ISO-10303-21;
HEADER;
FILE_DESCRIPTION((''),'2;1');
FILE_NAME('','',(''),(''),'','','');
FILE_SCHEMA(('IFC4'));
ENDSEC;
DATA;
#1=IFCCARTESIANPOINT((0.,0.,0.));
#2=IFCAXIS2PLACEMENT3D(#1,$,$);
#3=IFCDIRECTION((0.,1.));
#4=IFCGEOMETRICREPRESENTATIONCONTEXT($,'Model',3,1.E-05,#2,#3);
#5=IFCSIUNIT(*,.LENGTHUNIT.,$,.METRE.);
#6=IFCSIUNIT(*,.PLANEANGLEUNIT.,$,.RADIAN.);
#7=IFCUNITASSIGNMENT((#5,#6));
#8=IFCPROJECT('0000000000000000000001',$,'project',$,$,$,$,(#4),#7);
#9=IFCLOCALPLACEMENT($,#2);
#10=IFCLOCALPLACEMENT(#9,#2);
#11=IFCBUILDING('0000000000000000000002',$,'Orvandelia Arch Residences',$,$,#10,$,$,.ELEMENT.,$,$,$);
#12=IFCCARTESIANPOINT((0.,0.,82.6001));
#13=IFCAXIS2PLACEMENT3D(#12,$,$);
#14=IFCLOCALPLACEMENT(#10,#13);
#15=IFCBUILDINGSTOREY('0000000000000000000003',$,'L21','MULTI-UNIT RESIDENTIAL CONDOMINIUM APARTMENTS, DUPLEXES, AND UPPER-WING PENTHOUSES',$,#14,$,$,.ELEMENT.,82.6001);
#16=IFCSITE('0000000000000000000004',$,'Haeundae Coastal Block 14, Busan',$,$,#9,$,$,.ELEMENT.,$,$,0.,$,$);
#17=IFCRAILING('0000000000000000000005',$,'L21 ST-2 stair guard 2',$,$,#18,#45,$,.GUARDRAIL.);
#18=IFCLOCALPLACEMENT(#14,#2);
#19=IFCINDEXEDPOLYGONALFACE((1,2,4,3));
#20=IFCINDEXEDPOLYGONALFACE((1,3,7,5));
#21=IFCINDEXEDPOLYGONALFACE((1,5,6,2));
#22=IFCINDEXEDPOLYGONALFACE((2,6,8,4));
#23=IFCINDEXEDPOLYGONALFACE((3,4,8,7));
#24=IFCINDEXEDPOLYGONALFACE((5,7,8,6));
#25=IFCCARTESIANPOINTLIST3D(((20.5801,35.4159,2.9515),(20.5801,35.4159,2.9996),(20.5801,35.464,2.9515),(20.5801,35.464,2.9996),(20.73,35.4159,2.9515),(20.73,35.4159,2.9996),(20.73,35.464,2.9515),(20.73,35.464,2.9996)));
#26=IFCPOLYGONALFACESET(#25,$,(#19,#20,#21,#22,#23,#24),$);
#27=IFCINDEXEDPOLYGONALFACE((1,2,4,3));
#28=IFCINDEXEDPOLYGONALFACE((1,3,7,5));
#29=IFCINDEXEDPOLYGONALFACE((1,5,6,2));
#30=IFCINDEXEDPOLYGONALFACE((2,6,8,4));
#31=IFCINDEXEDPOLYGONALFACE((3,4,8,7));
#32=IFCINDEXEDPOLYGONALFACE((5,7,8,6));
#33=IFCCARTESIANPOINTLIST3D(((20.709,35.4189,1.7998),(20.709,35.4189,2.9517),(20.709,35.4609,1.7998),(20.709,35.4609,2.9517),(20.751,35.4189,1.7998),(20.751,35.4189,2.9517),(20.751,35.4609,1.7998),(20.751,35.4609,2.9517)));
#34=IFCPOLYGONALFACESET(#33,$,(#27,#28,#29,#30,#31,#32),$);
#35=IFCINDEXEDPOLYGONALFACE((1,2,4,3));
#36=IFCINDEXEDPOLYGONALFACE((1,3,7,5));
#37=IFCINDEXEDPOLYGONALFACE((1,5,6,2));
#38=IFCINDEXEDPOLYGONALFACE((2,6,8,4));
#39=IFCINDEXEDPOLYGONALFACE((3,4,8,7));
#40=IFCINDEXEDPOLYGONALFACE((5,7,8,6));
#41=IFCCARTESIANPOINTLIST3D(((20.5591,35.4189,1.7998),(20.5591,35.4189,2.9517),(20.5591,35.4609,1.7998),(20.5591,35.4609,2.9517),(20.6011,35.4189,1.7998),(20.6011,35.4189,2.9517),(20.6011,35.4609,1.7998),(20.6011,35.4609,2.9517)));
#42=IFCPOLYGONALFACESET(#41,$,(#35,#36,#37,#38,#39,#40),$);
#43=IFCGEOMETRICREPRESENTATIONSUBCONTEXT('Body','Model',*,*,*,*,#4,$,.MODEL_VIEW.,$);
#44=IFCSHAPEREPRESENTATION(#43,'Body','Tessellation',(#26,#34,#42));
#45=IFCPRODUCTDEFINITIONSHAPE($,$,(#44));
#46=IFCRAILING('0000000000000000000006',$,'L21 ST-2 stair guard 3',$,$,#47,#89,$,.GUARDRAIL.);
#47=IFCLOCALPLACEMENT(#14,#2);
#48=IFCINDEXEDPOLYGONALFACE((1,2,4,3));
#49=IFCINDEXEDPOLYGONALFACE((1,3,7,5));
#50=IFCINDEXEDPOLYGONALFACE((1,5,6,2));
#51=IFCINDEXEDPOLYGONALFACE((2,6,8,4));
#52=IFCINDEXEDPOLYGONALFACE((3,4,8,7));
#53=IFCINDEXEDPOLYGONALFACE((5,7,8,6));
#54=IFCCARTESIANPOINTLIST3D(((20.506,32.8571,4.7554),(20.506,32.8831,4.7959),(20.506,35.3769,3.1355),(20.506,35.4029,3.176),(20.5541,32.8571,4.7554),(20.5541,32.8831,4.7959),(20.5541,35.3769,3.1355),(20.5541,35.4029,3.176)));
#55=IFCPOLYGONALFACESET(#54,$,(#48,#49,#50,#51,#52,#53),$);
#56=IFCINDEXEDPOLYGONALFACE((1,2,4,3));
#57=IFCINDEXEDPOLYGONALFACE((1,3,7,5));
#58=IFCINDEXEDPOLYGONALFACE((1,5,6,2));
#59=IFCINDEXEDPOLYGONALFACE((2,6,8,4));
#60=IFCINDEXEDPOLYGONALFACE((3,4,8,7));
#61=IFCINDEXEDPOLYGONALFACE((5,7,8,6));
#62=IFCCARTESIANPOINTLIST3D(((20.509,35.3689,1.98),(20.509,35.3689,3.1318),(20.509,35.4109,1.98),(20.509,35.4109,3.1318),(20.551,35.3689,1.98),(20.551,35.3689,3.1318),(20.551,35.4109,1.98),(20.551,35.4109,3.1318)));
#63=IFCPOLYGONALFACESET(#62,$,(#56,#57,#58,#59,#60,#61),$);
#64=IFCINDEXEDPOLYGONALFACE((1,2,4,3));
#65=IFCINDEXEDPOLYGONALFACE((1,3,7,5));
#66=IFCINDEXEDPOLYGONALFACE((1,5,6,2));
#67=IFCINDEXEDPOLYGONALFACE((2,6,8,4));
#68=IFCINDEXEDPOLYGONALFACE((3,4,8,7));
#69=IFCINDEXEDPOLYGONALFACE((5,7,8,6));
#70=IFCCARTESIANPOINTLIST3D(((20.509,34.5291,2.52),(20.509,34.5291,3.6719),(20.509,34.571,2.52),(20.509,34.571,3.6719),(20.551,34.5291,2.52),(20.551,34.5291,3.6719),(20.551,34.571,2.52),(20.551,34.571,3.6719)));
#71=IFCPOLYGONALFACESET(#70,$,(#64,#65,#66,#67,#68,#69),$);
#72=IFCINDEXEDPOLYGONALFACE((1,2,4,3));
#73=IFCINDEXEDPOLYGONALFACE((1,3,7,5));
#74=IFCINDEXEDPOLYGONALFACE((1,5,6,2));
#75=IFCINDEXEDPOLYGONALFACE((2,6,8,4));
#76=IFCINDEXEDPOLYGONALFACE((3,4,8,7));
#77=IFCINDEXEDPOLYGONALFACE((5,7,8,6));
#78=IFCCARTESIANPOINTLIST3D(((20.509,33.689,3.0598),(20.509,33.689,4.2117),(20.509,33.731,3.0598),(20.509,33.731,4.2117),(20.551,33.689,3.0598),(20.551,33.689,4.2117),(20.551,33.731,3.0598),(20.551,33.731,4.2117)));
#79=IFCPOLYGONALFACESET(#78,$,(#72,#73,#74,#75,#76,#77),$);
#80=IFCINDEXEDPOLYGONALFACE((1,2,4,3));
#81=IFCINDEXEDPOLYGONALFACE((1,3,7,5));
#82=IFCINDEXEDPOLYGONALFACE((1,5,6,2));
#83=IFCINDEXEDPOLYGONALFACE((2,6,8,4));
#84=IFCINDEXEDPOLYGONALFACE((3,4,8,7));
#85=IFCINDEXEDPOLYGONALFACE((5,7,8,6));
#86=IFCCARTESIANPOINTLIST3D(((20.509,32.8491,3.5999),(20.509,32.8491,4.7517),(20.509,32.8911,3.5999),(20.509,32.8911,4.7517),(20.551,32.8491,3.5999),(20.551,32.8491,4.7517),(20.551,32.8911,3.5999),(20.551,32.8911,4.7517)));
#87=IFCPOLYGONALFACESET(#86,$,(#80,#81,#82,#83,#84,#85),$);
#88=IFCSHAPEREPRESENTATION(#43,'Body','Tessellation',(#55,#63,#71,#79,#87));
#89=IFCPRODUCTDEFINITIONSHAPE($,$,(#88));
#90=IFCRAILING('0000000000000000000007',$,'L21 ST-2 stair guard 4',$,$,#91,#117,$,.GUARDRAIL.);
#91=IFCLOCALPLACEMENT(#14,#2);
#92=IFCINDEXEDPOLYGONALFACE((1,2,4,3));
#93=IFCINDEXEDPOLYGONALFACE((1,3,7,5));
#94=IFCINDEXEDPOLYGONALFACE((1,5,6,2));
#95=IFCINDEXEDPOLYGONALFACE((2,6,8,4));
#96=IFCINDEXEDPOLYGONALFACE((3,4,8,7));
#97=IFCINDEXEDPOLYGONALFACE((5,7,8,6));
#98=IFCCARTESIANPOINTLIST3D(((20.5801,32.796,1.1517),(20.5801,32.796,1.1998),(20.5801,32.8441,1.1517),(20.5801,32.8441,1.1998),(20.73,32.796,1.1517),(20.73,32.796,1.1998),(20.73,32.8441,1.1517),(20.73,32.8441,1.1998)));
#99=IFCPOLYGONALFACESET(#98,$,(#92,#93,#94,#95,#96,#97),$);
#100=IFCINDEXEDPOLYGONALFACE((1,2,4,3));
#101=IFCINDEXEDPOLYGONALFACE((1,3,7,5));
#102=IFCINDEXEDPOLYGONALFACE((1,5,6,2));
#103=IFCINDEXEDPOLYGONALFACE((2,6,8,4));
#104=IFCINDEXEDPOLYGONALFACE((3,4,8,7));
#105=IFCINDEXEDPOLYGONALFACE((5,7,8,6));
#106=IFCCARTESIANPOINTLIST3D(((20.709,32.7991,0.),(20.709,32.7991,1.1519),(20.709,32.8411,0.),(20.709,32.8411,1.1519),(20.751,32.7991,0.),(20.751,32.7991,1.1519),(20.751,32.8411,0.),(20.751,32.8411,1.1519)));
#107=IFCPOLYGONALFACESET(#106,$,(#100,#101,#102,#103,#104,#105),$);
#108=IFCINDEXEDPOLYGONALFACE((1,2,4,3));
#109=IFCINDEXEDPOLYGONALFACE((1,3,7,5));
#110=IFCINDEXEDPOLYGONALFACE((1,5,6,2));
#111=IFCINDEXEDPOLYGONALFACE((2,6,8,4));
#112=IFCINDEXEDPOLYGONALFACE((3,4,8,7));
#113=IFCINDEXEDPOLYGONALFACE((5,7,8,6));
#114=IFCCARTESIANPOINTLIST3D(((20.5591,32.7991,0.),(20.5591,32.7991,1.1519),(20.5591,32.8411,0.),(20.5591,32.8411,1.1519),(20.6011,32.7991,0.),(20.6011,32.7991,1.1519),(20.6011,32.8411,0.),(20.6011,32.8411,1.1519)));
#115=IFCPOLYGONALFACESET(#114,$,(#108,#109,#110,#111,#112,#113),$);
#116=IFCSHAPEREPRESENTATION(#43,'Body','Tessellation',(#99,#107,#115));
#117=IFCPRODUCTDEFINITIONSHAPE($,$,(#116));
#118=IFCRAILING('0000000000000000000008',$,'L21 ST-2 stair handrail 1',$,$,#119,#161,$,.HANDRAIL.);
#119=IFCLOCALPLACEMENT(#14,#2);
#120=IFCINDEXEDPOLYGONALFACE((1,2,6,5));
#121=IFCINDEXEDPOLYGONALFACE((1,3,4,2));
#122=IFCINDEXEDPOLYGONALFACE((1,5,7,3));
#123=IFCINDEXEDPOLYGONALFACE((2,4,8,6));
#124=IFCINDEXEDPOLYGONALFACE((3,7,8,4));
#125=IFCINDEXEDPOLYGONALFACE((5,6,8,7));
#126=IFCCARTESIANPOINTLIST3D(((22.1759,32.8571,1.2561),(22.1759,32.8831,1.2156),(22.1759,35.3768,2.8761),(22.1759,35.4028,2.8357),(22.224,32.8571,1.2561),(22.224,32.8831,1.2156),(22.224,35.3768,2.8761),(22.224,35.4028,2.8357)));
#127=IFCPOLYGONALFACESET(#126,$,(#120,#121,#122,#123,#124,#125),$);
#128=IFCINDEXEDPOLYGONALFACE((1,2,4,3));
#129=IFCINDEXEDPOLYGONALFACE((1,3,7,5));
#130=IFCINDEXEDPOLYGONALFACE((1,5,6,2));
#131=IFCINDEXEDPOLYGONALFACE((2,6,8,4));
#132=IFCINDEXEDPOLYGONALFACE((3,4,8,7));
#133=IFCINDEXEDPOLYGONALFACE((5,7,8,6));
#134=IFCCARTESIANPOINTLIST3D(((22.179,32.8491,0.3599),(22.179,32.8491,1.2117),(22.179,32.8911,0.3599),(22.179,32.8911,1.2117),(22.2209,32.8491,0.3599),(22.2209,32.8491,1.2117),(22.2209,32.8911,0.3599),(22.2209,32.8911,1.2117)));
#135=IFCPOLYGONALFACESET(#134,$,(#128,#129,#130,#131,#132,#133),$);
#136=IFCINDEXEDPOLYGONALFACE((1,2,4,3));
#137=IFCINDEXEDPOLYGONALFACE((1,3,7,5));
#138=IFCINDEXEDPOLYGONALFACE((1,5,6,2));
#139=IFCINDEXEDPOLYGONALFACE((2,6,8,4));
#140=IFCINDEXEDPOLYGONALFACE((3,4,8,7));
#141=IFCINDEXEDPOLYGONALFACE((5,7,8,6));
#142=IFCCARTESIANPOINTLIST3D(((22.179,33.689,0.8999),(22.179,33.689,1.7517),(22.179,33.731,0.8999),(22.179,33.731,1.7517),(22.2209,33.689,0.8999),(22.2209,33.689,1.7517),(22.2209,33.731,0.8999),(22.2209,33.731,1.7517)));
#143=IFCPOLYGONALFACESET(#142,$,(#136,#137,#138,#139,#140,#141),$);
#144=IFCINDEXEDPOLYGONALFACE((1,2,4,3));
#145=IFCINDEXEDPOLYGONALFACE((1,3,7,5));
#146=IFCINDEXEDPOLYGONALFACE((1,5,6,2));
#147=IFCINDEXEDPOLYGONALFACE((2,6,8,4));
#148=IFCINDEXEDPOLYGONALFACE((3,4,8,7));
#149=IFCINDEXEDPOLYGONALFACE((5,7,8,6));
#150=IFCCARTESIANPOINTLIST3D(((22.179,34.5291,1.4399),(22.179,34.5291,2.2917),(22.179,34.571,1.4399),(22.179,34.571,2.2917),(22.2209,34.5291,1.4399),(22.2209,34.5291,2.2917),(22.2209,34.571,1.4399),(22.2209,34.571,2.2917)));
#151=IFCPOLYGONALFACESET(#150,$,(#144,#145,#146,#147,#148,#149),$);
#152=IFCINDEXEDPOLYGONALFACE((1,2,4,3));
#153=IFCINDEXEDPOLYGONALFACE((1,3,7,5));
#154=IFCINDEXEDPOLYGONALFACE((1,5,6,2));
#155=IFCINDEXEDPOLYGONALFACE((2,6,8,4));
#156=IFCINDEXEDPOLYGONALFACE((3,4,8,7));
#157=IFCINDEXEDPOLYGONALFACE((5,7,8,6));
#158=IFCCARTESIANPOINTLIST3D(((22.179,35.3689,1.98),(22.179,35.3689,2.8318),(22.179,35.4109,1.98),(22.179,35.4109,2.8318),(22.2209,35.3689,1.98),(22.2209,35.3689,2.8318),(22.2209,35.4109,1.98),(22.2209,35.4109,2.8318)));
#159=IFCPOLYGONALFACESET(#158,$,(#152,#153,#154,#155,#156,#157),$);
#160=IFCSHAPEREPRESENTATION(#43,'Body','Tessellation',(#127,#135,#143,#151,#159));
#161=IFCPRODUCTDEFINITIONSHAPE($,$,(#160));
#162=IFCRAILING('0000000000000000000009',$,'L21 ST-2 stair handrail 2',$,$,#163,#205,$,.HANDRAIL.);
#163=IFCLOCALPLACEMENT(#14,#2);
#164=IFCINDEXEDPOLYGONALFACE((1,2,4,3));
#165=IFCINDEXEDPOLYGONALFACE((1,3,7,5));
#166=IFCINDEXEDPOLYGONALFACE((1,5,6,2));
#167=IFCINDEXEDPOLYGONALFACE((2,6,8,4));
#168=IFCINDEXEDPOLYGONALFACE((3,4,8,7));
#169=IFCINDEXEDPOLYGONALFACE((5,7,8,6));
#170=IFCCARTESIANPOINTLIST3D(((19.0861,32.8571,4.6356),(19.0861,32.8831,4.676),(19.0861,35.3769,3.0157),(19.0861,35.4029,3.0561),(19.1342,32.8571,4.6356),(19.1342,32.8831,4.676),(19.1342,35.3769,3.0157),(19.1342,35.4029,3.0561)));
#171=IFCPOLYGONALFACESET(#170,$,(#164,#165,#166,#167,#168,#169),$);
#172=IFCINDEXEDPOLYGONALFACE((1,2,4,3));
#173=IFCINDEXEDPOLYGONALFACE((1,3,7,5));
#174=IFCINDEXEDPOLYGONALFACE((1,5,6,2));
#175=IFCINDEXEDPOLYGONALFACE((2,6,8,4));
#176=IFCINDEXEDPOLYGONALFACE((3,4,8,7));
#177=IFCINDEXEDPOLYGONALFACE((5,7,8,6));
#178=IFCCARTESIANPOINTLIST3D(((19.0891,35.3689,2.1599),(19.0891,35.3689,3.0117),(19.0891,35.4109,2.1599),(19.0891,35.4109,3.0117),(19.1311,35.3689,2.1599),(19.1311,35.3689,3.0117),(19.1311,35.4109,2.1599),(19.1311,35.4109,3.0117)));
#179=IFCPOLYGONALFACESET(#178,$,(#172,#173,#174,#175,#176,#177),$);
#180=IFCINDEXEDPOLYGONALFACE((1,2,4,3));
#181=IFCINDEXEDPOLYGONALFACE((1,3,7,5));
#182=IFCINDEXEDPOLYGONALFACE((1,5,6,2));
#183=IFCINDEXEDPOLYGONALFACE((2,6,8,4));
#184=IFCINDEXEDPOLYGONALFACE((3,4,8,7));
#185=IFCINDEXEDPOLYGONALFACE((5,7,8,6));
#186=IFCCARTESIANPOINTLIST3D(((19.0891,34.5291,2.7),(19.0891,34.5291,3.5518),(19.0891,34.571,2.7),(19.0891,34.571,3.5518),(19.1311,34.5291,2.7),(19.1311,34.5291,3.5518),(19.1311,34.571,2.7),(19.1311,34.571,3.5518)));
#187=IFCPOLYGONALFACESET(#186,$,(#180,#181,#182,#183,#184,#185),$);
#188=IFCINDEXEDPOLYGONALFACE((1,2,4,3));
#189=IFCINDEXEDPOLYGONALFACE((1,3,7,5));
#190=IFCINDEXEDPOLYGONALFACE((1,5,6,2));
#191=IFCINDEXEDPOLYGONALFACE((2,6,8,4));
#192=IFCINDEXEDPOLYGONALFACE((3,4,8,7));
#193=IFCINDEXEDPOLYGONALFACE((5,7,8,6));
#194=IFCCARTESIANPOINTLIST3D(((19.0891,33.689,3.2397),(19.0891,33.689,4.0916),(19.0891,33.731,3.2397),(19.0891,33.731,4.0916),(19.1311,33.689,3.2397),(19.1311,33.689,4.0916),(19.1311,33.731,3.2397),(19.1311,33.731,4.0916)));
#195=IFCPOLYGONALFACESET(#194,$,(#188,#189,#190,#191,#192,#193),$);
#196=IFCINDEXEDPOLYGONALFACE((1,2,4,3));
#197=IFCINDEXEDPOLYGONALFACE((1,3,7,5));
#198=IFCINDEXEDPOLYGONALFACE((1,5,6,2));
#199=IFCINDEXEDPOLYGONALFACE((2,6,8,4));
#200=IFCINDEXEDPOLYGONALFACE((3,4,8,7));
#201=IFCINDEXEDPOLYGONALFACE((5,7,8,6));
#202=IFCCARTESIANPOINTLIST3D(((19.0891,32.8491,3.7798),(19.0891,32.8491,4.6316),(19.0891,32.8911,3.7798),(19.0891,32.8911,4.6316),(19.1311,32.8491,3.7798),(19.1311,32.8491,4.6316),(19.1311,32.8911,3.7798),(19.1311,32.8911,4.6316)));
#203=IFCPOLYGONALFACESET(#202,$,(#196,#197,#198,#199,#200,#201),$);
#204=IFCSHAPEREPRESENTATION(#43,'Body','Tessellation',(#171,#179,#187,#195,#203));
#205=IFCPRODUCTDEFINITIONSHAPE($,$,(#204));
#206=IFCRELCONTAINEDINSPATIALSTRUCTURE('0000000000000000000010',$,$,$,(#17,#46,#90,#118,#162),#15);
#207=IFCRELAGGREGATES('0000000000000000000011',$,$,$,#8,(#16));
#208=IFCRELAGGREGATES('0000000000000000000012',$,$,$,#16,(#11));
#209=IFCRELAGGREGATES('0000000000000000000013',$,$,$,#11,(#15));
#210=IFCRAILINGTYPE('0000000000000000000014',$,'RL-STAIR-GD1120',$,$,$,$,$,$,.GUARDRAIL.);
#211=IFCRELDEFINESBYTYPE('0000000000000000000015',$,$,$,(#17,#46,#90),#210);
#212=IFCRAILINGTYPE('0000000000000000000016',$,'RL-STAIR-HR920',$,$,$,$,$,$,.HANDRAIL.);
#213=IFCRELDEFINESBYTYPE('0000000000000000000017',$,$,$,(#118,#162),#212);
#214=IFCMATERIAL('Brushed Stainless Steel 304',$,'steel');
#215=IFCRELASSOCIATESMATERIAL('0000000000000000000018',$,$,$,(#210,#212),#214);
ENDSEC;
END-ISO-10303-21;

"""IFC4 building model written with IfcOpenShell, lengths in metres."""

from ifc_helpers import new_model, si_unit, direction, frame, origin, origin_2d, place, context, subcontext, project, spatial, rectangle, extrude, material, type_object, element, save


model = new_model("IFC4")

# Units and contexts
model_context = context("Model", 3, precision=1e-05, world=origin(), true_north=direction((0.0, 1.0)))
body_context = subcontext(model_context, "Body", "Model", "MODEL_VIEW")
ifc_project = project(units=[si_unit("LENGTHUNIT", "METRE"), si_unit("PLANEANGLEUNIT", "RADIAN")], contexts=[model_context])

# Site, building, storey
site_placement = place(None, origin())
site = spatial("IfcSite", under=ifc_project, at=site_placement, Name="Haeundae Coastal Block 14, Busan", CompositionType="ELEMENT", RefElevation=0.0)
building_placement = place(site_placement, origin())
building = spatial("IfcBuilding", under=site, at=building_placement, Name="Orvandelia Arch Residences", CompositionType="ELEMENT")
storey_placement = place(building_placement, frame((0.0, 0.0, 82.6001)))
storey = spatial("IfcBuildingStorey", under=building, at=storey_placement, Name="L21", Description="MULTI-UNIT RESIDENTIAL CONDOMINIUM APARTMENTS, DUPLEXES, AND UPPER-WING PENTHOUSES", CompositionType="ELEMENT", Elevation=82.6001)

# Railings
ifc_material_1 = material(Name="Brushed Stainless Steel 304", Category="steel")
railing_type_1 = type_object("IfcRailingType", Name="RL-STAIR-GD1120", PredefinedType="GUARDRAIL", material=ifc_material_1)
railing_1_placement = place(storey_placement, frame((20.73, 35.4399, 1.7998)))
element("IfcRailing", 1, at=railing_1_placement, inside=storey, type_object=railing_type_1, Name="L21 ST-2 stair guard 2", PredefinedType="GUARDRAIL", context=body_context, shape_type="SweptSolid", body=[
    extrude(rectangle(XDim=0.0481, YDim=0.0481, at=origin_2d()), frame((0.0, 0.0, 1.1758), z_axis=(-1.0, 0.0, 0.0), x_axis=(0.0, -1.0, 0.0)), (0.0, 0.0, 1.0), 0.1499),
    extrude(rectangle(XDim=0.042, YDim=0.042, at=origin_2d()), origin(), (0.0, 0.0, 1.0), 1.1519),
    extrude(rectangle(XDim=0.042, YDim=0.042, at=origin_2d()), frame((-0.1499, 0.0, 0.0)), (0.0, 0.0, 1.0), 1.1519),
])
railing_2_placement = place(storey_placement, frame((20.53, 35.3899, 1.98)))
element("IfcRailing", 2, at=railing_2_placement, inside=storey, type_object=railing_type_1, Name="L21 ST-2 stair guard 3", PredefinedType="GUARDRAIL", context=body_context, shape_type="SweptSolid", body=[
    extrude(rectangle(XDim=0.0481, YDim=0.0481, at=origin_2d()), frame((0.0, 0.0, 1.1758), z_axis=(0.0, -0.841176, 0.540762), x_axis=(1.0, 0.0, 0.0)), (0.0, 0.0, 1.0), 2.9956),
    extrude(rectangle(XDim=0.042, YDim=0.042, at=origin_2d()), origin(), (0.0, 0.0, 1.0), 1.1519),
    extrude(rectangle(XDim=0.042, YDim=0.042, at=origin_2d()), frame((0.0, -0.8398, 0.54)), (0.0, 0.0, 1.0), 1.1519),
    extrude(rectangle(XDim=0.042, YDim=0.042, at=origin_2d()), frame((0.0, -1.6799, 1.0798)), (0.0, 0.0, 1.0), 1.1519),
    extrude(rectangle(XDim=0.042, YDim=0.042, at=origin_2d()), frame((0.0, -2.5198, 1.6199)), (0.0, 0.0, 1.0), 1.1519),
])
railing_3_placement = place(storey_placement, frame((20.73, 32.8201, 0.0)))
element("IfcRailing", 3, at=railing_3_placement, inside=storey, type_object=railing_type_1, Name="L21 ST-2 stair guard 4", PredefinedType="GUARDRAIL", context=body_context, shape_type="SweptSolid", body=[
    extrude(rectangle(XDim=0.0481, YDim=0.0481, at=origin_2d()), frame((0.0, 0.0, 1.1758), z_axis=(-1.0, 0.0, 0.0), x_axis=(0.0, -1.0, 0.0)), (0.0, 0.0, 1.0), 0.1499),
    extrude(rectangle(XDim=0.042, YDim=0.042, at=origin_2d()), origin(), (0.0, 0.0, 1.0), 1.1519),
    extrude(rectangle(XDim=0.042, YDim=0.042, at=origin_2d()), frame((-0.1499, 0.0, 0.0)), (0.0, 0.0, 1.0), 1.1519),
])
railing_type_2 = type_object("IfcRailingType", Name="RL-STAIR-HR920", PredefinedType="HANDRAIL", material=ifc_material_1)
railing_4_placement = place(storey_placement, frame((22.2, 32.8701, 0.3599)))
element("IfcRailing", 4, at=railing_4_placement, inside=storey, type_object=railing_type_2, Name="L21 ST-2 stair handrail 1", PredefinedType="HANDRAIL", context=body_context, shape_type="SweptSolid", body=[
    extrude(rectangle(XDim=0.0481, YDim=0.0481, at=origin_2d()), frame((0.0, 0.0, 0.876), z_axis=(0.0, 0.841139, 0.540819), x_axis=(-1.0, 0.0, 0.0)), (0.0, 0.0, 1.0), 2.9956),
    extrude(rectangle(XDim=0.042, YDim=0.042, at=origin_2d()), origin(), (0.0, 0.0, 1.0), 0.8518),
    extrude(rectangle(XDim=0.042, YDim=0.042, at=origin_2d()), frame((0.0, 0.8398, 0.54)), (0.0, 0.0, 1.0), 0.8518),
    extrude(rectangle(XDim=0.042, YDim=0.042, at=origin_2d()), frame((0.0, 1.6799, 1.0801)), (0.0, 0.0, 1.0), 0.8518),
    extrude(rectangle(XDim=0.042, YDim=0.042, at=origin_2d()), frame((0.0, 2.5198, 1.6201)), (0.0, 0.0, 1.0), 0.8518),
])
railing_5_placement = place(storey_placement, frame((19.1101, 35.3899, 2.1599)))
element("IfcRailing", 5, at=railing_5_placement, inside=storey, type_object=railing_type_2, Name="L21 ST-2 stair handrail 2", PredefinedType="HANDRAIL", context=body_context, shape_type="SweptSolid", body=[
    extrude(rectangle(XDim=0.0481, YDim=0.0481, at=origin_2d()), frame((0.0, 0.0, 0.876), z_axis=(0.0, -0.841176, 0.540762), x_axis=(1.0, 0.0, 0.0)), (0.0, 0.0, 1.0), 2.9956),
    extrude(rectangle(XDim=0.042, YDim=0.042, at=origin_2d()), origin(), (0.0, 0.0, 1.0), 0.8518),
    extrude(rectangle(XDim=0.042, YDim=0.042, at=origin_2d()), frame((0.0, -0.8398, 0.54)), (0.0, 0.0, 1.0), 0.8518),
    extrude(rectangle(XDim=0.042, YDim=0.042, at=origin_2d()), frame((0.0, -1.6799, 1.0798)), (0.0, 0.0, 1.0), 0.8518),
    extrude(rectangle(XDim=0.042, YDim=0.042, at=origin_2d()), frame((0.0, -2.5198, 1.6199)), (0.0, 0.0, 1.0), 0.8518),
])

save(model, "model.ifc")
